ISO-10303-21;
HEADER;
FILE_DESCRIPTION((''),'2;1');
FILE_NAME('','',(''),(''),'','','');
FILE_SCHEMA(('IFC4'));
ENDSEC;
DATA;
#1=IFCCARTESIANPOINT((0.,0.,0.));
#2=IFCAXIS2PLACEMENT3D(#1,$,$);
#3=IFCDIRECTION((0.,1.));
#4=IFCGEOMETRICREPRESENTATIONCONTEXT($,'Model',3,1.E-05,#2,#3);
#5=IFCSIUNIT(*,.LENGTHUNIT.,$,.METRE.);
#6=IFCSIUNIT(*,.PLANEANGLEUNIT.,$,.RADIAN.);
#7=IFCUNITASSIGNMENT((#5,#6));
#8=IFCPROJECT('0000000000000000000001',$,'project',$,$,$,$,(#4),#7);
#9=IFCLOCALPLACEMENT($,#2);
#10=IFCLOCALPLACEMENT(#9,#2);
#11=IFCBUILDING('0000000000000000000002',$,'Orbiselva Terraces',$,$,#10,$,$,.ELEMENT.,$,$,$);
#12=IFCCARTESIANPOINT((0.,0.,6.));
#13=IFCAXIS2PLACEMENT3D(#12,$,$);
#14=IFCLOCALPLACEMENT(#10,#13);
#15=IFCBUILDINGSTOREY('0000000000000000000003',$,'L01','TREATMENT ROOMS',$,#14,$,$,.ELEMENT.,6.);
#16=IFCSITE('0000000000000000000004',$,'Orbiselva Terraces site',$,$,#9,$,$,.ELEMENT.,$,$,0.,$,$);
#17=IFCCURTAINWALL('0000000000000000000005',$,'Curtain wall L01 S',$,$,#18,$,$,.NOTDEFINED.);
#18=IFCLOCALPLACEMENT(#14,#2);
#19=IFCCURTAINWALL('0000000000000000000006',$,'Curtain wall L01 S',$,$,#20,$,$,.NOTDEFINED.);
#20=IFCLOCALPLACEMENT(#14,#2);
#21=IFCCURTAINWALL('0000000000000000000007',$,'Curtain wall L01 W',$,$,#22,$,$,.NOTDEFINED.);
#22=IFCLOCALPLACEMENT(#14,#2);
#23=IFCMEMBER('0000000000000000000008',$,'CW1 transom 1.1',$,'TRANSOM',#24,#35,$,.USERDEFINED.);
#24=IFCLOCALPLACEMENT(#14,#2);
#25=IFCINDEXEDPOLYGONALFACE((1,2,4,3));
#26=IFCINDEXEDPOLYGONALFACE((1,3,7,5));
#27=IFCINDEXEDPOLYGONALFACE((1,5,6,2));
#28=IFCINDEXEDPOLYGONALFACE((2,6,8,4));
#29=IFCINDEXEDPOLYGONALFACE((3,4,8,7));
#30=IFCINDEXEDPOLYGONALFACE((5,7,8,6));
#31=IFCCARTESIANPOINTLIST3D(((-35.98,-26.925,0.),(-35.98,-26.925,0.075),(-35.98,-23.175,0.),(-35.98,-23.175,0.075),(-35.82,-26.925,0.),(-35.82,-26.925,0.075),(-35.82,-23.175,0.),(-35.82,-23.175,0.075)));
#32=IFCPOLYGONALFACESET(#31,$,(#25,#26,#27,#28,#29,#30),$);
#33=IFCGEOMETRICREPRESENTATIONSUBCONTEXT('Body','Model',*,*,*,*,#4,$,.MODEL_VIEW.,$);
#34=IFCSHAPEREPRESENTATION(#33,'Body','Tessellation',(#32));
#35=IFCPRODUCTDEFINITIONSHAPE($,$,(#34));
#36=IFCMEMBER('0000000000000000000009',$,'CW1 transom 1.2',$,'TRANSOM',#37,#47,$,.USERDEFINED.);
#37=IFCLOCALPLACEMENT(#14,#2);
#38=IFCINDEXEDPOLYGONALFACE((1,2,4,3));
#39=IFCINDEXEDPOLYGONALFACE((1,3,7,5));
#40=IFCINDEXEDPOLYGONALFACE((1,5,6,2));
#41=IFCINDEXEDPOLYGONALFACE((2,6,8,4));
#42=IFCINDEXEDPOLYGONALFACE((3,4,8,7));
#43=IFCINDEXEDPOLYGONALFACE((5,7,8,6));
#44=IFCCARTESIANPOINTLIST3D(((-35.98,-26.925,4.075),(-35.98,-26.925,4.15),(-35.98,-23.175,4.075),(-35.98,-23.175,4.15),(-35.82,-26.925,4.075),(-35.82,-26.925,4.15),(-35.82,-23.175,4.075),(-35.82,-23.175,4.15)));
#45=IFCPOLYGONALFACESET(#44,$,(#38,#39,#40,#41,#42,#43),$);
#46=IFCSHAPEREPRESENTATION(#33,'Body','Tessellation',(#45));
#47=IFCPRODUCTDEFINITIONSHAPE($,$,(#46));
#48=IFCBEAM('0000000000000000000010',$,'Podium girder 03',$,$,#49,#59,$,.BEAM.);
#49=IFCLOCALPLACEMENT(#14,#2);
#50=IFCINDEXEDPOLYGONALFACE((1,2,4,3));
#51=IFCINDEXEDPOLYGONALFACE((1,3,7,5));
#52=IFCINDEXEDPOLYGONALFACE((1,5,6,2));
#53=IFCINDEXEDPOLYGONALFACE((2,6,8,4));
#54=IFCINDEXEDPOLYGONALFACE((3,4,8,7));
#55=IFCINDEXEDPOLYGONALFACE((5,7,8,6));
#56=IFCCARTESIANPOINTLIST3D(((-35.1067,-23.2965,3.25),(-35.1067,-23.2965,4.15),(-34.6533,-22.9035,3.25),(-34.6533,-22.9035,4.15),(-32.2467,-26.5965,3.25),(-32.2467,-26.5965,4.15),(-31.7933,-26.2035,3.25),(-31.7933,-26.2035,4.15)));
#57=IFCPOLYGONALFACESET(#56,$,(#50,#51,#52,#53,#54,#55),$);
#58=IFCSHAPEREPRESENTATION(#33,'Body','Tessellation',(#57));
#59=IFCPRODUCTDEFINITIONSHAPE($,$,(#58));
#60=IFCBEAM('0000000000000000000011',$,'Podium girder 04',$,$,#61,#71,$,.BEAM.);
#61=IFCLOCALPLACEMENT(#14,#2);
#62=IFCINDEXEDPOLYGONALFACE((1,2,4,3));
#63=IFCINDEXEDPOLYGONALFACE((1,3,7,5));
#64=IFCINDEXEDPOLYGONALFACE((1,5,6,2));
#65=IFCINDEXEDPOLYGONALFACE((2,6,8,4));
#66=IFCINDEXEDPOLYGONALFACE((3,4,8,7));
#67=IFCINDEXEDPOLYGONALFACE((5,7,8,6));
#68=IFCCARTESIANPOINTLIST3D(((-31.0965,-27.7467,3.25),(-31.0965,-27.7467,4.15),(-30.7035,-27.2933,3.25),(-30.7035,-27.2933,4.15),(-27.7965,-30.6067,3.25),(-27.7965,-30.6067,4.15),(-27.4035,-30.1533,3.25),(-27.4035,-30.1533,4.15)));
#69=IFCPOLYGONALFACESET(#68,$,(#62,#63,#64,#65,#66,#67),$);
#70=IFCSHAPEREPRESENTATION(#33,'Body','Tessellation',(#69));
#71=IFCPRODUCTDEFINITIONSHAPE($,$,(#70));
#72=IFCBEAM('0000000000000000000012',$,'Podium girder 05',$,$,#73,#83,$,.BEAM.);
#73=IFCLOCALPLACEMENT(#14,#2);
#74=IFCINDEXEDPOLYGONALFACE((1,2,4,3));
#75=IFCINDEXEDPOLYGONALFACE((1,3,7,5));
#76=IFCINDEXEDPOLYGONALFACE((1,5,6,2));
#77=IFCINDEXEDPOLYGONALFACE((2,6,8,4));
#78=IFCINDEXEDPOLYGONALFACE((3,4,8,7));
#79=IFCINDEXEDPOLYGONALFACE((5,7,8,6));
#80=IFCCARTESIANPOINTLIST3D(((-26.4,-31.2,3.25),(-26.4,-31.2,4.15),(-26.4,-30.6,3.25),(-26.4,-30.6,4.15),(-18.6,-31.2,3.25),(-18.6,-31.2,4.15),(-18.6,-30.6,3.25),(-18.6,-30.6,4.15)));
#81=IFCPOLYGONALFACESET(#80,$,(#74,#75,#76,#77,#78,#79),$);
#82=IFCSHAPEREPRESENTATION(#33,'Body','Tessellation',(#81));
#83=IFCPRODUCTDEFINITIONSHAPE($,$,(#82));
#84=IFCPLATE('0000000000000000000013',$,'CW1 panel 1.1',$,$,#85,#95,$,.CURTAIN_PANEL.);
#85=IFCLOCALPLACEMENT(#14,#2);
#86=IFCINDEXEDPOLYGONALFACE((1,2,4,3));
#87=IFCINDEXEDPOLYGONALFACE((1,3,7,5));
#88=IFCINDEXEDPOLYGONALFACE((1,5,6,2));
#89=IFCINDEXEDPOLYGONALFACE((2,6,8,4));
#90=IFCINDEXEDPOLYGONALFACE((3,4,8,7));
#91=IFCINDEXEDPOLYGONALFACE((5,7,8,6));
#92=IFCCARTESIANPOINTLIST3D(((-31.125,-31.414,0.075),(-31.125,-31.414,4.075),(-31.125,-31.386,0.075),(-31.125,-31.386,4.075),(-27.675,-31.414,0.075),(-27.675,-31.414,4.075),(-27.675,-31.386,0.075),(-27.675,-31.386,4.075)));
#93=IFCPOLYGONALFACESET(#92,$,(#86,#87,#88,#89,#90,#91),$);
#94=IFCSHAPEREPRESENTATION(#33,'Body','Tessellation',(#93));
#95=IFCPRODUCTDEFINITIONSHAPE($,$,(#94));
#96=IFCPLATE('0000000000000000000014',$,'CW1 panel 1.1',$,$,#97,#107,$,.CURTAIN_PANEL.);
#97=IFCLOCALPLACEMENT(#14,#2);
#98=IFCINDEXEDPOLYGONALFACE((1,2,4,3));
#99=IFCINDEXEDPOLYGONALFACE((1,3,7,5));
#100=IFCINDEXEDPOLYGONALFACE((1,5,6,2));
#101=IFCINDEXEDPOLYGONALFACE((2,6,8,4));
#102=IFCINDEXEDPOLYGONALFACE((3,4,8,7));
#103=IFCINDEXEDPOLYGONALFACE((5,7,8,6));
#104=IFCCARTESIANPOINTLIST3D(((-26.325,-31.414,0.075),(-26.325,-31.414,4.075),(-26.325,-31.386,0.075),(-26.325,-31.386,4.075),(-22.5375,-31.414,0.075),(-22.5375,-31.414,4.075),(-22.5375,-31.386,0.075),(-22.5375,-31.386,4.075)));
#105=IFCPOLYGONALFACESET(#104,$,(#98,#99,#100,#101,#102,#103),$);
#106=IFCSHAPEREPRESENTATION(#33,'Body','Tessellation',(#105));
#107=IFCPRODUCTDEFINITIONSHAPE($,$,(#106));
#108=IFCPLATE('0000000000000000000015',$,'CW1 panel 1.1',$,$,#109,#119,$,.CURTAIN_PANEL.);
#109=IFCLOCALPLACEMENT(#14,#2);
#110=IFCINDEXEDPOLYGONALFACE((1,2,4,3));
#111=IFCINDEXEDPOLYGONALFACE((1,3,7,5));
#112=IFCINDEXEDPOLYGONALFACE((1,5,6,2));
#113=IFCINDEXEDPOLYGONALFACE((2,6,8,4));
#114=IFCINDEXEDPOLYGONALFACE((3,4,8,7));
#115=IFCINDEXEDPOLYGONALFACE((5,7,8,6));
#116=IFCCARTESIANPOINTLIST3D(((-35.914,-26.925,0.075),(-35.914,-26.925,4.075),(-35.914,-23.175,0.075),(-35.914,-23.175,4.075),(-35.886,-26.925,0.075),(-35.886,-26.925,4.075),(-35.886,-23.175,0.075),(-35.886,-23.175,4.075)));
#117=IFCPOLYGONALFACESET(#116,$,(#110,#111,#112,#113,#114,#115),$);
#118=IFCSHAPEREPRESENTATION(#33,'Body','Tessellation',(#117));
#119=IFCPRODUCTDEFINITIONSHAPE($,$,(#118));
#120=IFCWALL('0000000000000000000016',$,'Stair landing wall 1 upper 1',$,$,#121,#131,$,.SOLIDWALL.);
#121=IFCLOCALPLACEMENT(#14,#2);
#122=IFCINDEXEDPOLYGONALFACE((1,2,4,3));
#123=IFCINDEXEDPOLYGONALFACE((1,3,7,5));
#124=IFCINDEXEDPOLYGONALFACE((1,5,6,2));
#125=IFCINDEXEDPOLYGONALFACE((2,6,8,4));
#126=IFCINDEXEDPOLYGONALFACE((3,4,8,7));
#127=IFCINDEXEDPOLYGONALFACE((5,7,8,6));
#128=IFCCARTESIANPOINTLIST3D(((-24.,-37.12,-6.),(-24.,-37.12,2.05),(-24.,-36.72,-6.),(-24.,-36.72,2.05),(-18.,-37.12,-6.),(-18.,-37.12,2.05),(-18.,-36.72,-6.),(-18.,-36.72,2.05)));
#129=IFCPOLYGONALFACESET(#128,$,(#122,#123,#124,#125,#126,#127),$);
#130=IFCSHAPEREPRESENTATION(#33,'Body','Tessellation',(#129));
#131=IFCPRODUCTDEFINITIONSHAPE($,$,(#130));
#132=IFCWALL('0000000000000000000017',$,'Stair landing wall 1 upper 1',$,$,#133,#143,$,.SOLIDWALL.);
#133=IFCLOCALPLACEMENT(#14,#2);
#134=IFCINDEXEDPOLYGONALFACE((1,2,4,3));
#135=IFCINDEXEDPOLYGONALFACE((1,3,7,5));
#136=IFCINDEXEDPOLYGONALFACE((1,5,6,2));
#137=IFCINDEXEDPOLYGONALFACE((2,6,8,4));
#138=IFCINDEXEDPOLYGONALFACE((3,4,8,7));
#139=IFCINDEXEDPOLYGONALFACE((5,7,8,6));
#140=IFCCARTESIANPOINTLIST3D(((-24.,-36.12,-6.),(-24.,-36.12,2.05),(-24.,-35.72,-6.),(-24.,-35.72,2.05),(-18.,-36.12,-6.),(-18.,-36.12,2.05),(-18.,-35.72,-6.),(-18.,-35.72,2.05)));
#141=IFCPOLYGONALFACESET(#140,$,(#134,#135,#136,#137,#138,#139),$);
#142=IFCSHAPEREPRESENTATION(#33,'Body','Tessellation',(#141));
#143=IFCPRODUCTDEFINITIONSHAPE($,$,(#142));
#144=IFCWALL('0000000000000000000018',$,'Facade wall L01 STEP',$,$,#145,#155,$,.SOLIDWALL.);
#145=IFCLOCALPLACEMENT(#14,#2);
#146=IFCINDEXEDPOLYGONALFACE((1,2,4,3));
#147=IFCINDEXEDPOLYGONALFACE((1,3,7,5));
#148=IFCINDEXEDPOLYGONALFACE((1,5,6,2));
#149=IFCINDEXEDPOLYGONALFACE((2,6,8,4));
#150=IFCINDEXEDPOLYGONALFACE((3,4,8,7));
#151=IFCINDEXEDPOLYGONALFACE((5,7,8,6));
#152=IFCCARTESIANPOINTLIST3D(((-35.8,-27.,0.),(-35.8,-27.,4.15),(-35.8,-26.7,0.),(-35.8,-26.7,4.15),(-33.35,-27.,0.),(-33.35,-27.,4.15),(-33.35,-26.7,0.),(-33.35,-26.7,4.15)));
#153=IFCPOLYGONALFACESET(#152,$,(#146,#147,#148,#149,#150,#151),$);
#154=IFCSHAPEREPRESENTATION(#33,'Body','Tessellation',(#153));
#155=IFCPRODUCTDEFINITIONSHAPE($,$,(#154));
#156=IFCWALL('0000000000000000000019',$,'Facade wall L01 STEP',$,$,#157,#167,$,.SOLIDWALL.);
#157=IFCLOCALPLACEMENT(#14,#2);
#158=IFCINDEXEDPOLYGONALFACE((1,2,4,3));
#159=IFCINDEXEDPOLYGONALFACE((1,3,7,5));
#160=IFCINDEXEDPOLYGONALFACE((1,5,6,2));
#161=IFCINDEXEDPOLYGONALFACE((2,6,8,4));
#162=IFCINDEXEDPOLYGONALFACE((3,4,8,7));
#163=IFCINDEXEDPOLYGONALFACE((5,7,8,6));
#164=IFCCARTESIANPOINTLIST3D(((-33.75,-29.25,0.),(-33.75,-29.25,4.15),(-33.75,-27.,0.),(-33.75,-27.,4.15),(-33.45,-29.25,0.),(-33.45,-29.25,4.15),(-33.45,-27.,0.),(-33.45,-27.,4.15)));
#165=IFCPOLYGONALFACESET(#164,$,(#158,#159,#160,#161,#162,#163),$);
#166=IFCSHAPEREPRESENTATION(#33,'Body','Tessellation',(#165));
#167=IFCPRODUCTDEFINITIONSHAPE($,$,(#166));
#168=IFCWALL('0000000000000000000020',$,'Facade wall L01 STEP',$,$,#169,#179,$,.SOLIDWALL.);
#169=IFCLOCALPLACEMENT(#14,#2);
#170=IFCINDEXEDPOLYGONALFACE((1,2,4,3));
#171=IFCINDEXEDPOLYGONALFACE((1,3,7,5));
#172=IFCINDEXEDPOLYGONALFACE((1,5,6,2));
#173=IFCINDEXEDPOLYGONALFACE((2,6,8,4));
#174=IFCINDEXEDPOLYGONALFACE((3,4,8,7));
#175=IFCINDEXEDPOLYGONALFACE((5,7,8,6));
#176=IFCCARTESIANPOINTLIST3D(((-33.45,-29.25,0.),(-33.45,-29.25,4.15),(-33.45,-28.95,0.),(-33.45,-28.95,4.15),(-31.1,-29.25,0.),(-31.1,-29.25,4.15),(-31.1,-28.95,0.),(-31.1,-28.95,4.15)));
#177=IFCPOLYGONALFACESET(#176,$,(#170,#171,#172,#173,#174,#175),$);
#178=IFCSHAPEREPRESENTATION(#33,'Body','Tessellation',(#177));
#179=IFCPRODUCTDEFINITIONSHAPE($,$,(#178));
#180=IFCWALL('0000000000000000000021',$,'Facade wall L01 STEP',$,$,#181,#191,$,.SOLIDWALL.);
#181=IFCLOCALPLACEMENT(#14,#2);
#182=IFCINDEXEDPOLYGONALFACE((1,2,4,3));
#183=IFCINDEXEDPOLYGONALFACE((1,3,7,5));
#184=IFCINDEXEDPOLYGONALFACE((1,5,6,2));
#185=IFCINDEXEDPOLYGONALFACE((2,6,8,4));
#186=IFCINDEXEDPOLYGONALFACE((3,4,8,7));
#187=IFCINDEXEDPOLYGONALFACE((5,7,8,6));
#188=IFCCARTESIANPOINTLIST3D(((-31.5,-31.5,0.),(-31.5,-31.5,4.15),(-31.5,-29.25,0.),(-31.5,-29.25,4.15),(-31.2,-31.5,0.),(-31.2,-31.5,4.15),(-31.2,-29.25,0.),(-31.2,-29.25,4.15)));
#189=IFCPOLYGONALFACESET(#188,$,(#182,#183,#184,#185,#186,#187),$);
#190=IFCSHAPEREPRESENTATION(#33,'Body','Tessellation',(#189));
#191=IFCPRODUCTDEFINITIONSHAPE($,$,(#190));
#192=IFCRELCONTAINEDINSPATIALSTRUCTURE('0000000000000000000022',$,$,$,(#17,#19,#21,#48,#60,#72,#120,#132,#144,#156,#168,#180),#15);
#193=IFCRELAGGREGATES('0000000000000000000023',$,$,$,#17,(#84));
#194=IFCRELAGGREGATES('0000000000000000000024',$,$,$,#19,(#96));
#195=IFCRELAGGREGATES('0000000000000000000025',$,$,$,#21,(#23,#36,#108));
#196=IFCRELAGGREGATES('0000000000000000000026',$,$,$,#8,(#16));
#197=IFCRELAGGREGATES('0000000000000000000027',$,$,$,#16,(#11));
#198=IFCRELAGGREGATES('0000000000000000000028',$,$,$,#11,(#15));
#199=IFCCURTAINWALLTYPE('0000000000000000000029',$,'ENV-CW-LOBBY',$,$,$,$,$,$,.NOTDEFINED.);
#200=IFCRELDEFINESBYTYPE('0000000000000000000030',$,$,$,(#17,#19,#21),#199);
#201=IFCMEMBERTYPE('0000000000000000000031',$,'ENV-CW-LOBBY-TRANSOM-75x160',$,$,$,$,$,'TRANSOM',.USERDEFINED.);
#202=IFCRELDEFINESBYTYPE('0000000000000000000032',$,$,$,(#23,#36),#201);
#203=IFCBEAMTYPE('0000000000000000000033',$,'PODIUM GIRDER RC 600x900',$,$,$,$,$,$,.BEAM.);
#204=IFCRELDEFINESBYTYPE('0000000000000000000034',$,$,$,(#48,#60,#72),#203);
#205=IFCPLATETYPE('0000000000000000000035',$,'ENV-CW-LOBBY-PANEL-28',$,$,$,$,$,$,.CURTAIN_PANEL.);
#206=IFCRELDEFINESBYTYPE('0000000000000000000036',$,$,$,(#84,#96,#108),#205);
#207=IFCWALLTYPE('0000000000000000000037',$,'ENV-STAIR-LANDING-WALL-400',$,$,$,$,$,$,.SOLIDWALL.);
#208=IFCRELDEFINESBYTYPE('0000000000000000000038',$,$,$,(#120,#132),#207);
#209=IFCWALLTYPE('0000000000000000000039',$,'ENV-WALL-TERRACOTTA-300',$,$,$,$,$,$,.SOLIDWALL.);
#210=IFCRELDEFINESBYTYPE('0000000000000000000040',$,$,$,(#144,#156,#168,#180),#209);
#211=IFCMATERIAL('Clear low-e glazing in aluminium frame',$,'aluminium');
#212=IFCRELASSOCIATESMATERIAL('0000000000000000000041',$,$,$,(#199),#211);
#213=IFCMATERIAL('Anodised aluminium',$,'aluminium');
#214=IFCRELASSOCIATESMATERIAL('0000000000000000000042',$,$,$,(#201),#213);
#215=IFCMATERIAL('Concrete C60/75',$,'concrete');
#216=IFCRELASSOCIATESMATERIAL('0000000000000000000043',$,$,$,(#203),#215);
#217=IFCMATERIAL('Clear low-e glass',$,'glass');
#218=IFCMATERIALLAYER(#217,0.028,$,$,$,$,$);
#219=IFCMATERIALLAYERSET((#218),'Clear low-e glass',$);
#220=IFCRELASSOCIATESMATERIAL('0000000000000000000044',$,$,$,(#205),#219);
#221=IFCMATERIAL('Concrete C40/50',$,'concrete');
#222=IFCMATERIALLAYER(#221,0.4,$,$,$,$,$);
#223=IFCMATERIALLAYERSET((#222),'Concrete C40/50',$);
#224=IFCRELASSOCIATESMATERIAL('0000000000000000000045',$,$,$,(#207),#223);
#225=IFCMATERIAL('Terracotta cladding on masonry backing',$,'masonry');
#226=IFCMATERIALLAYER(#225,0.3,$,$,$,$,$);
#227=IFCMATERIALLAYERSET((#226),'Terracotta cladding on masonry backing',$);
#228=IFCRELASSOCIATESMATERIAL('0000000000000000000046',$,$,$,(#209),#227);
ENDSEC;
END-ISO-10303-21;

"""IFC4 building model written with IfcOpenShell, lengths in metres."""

from ifc_helpers import new_model, si_unit, direction, frame, frame_2d, origin, origin_2d, place, context, subcontext, project, spatial, rectangle, extrude, material, layer, layer_set, material_profile, profile_set, type_object, element, aggregate, save


model = new_model("IFC4")

# Units and contexts
model_context = context("Model", 3, precision=1e-05, world=origin(), true_north=direction((0.0, 1.0)))
body_context = subcontext(model_context, "Body", "Model", "MODEL_VIEW")
ifc_project = project(units=[si_unit("LENGTHUNIT", "METRE"), si_unit("PLANEANGLEUNIT", "RADIAN")], contexts=[model_context])

# Site, building, storey
site_placement = place(None, origin())
site = spatial("IfcSite", under=ifc_project, at=site_placement, Name="Orbiselva Terraces site", CompositionType="ELEMENT", RefElevation=0.0)
building_placement = place(site_placement, origin())
building = spatial("IfcBuilding", under=site, at=building_placement, Name="Orbiselva Terraces", CompositionType="ELEMENT")
storey_placement = place(building_placement, frame((0.0, 0.0, 6.0)))
storey = spatial("IfcBuildingStorey", under=building, at=storey_placement, Name="L01", Description="TREATMENT ROOMS", CompositionType="ELEMENT", Elevation=6.0)

# Shared definitions
ifc_material_1 = material(Name="Concrete C60/75", Category="concrete")

# Curtain walls
ifc_material_2 = material(Name="Clear low-e glazing in aluminium frame", Category="aluminium")
curtain_wall_type = type_object("IfcCurtainWallType", Name="ENV-CW-LOBBY", PredefinedType="NOTDEFINED", material=ifc_material_2)
curtain_wall_1_placement = place(storey_placement, origin())
curtain_wall_1 = element("IfcCurtainWall", 1, at=curtain_wall_1_placement, inside=storey, type_object=curtain_wall_type, Name="Curtain wall L01 S", PredefinedType="NOTDEFINED")
ifc_material_3 = material(Name="Anodised aluminium", Category="aluminium")
curtain_wall_2_placement = place(storey_placement, origin())
curtain_wall_2 = element("IfcCurtainWall", 2, at=curtain_wall_2_placement, inside=storey, type_object=curtain_wall_type, Name="Curtain wall L01 S", PredefinedType="NOTDEFINED")
curtain_wall_3_placement = place(storey_placement, origin())
curtain_wall_3 = element("IfcCurtainWall", 3, at=curtain_wall_3_placement, inside=storey, type_object=curtain_wall_type, Name="Curtain wall L01 W", PredefinedType="NOTDEFINED")

# Members
ifc_material_profile_1 = material_profile(ifc_material_3, rectangle(XDim=0.16, YDim=0.075, at=origin_2d()), Name="AL 75x160")
ifc_profile_set_1 = profile_set([ifc_material_profile_1], Name="Anodised aluminium")
member_type_1 = type_object("IfcMemberType", Name="ENV-CW-LOBBY-TRANSOM-75x160", ElementType="TRANSOM", PredefinedType="USERDEFINED", material=ifc_profile_set_1)
member_1_placement = place(storey_placement, frame((-35.9, -23.175, 0.0375), z_axis=(0.0, -1.0, 0.0), x_axis=(1.0, 0.0, 0.0)))
member_1 = element("IfcMember", 4, at=member_1_placement, type_object=member_type_1, Name="CW1 transom 1.1", ObjectType="TRANSOM", PredefinedType="USERDEFINED", context=body_context, shape_type="SweptSolid", body=[
    extrude(rectangle(XDim=0.16, YDim=0.075, at=origin_2d()), origin(), (0.0, 0.0, 1.0), 3.75),
])
member_2_placement = place(storey_placement, frame((-35.9, -23.175, 4.1125), z_axis=(0.0, -1.0, 0.0), x_axis=(1.0, 0.0, 0.0)))
member_2 = element("IfcMember", 5, at=member_2_placement, type_object=member_type_1, Name="CW1 transom 1.2", ObjectType="TRANSOM", PredefinedType="USERDEFINED", context=body_context, shape_type="SweptSolid", body=[
    extrude(rectangle(XDim=0.16, YDim=0.075, at=origin_2d()), origin(), (0.0, 0.0, 1.0), 3.75),
])

# Beams
ifc_material_profile_2 = material_profile(ifc_material_1, rectangle(XDim=0.6, YDim=0.9, at=origin_2d()), Name="RC 600x900")
ifc_profile_set_2 = profile_set([ifc_material_profile_2], Name="Concrete C60/75")
beam_type = type_object("IfcBeamType", Name="PODIUM GIRDER RC 600x900", PredefinedType="BEAM", material=ifc_profile_set_2)
for number, where, z_axis, x_axis, name in (
    (6, (-34.88, -23.1, 3.7), (0.654931, -0.755689, 0.0), (0.755689, 0.654931, 0.0), "Podium girder 03"),
    (7, (-30.9, -27.52, 3.7), (0.755689, -0.654931, 0.0), (0.654931, 0.755689, 0.0), "Podium girder 04"),
):
    element("IfcBeam", number, at=place(storey_placement, frame(where, z_axis=z_axis, x_axis=x_axis)), inside=storey, type_object=beam_type, Name=name, PredefinedType="BEAM", context=body_context, shape_type="SweptSolid", body=[
        extrude(rectangle(XDim=0.6, YDim=0.9, at=origin_2d()), origin(), (0.0, 0.0, 1.0), 4.3669),
    ])
beam_placement = place(storey_placement, frame((-26.4, -30.9, 3.7), z_axis=(1.0, 0.0, 0.0), x_axis=(0.0, 1.0, 0.0)))
element("IfcBeam", 8, at=beam_placement, inside=storey, type_object=beam_type, Name="Podium girder 05", PredefinedType="BEAM", context=body_context, shape_type="SweptSolid", body=[
    extrude(rectangle(XDim=0.6, YDim=0.9, at=origin_2d()), origin(), (0.0, 0.0, 1.0), 7.8),
])

# Plates
ifc_material_4 = material(Name="Clear low-e glass", Category="glass")
ifc_layer_1 = layer(ifc_material_4, 0.028)
ifc_layer_set_1 = layer_set([ifc_layer_1], Name="Clear low-e glass")
plate_type = type_object("IfcPlateType", Name="ENV-CW-LOBBY-PANEL-28", PredefinedType="CURTAIN_PANEL", material=ifc_layer_set_1)
plate_1_placement = place(storey_placement, frame((-29.4, -31.4, 0.075), z_axis=(0.0, 0.0, 1.0), x_axis=(1.0, 0.0, 0.0)))
plate_1 = element("IfcPlate", 9, at=plate_1_placement, type_object=plate_type, Name="CW1 panel 1.1", PredefinedType="CURTAIN_PANEL", context=body_context, shape_type="SweptSolid", body=[
    extrude(rectangle(XDim=3.45, YDim=0.028, at=origin_2d()), origin(), (0.0, 0.0, 1.0), 4.0),
])
aggregate(curtain_wall_1, [plate_1])
plate_2_placement = place(storey_placement, frame((-24.4312, -31.4, 0.075), z_axis=(0.0, 0.0, 1.0), x_axis=(1.0, 0.0, 0.0)))
plate_2 = element("IfcPlate", 10, at=plate_2_placement, type_object=plate_type, Name="CW1 panel 1.1", PredefinedType="CURTAIN_PANEL", context=body_context, shape_type="SweptSolid", body=[
    extrude(rectangle(XDim=3.7875, YDim=0.028, at=origin_2d()), origin(), (0.0, 0.0, 1.0), 4.0),
])
aggregate(curtain_wall_2, [plate_2])
plate_3_placement = place(storey_placement, frame((-35.9, -25.05, 0.075), z_axis=(0.0, 0.0, 1.0), x_axis=(0.0, -1.0, 0.0)))
plate_3 = element("IfcPlate", 11, at=plate_3_placement, type_object=plate_type, Name="CW1 panel 1.1", PredefinedType="CURTAIN_PANEL", context=body_context, shape_type="SweptSolid", body=[
    extrude(rectangle(XDim=3.75, YDim=0.028, at=origin_2d()), origin(), (0.0, 0.0, 1.0), 4.0),
])
aggregate(curtain_wall_3, [member_1, member_2, plate_3])

# Walls
ifc_material_5 = material(Name="Concrete C40/50", Category="concrete")
ifc_layer_2 = layer(ifc_material_5, 0.4)
ifc_layer_set_2 = layer_set([ifc_layer_2], Name="Concrete C40/50")
wall_type_1 = type_object("IfcWallType", Name="ENV-STAIR-LANDING-WALL-400", PredefinedType="SOLIDWALL", material=ifc_layer_set_2)
for number, where, z_axis, x_axis, name in (
    (12, (-24.0, -36.92, -6.0), (0.0, 0.0, 1.0), (1.0, 0.0, 0.0), "Stair landing wall 1 upper 1"),
    (13, (-24.0, -35.92, -6.0), (0.0, 0.0, 1.0), (1.0, 0.0, 0.0), "Stair landing wall 1 upper 1"),
):
    element("IfcWall", number, at=place(storey_placement, frame(where, z_axis=z_axis, x_axis=x_axis)), inside=storey, type_object=wall_type_1, Name=name, PredefinedType="SOLIDWALL", context=body_context, shape_type="SweptSolid", body=[
        extrude(rectangle(XDim=6.0, YDim=0.4, at=frame_2d((3.0, 0.0))), origin(), (0.0, 0.0, 1.0), 8.05),
    ])
ifc_material_6 = material(Name="Terracotta cladding on masonry backing", Category="masonry")
ifc_layer_3 = layer(ifc_material_6, 0.3)
ifc_layer_set_3 = layer_set([ifc_layer_3], Name="Terracotta cladding on masonry backing")
wall_type_2 = type_object("IfcWallType", Name="ENV-WALL-TERRACOTTA-300", PredefinedType="SOLIDWALL", material=ifc_layer_set_3)
wall_1_placement = place(storey_placement, frame((-33.35, -26.85, 0.0), z_axis=(0.0, 0.0, 1.0), x_axis=(-1.0, 0.0, 0.0)))
element("IfcWall", 14, at=wall_1_placement, inside=storey, type_object=wall_type_2, Name="Facade wall L01 STEP", PredefinedType="SOLIDWALL", context=body_context, shape_type="SweptSolid", body=[
    extrude(rectangle(XDim=2.45, YDim=0.3, at=frame_2d((1.225, 0.0))), origin(), (0.0, 0.0, 1.0), 4.15),
])
wall_2_placement = place(storey_placement, frame((-33.6, -29.25, 0.0), z_axis=(0.0, 0.0, 1.0), x_axis=(0.0, 1.0, 0.0)))
element("IfcWall", 15, at=wall_2_placement, inside=storey, type_object=wall_type_2, Name="Facade wall L01 STEP", PredefinedType="SOLIDWALL", context=body_context, shape_type="SweptSolid", body=[
    extrude(rectangle(XDim=2.25, YDim=0.3, at=frame_2d((1.125, 0.0))), origin(), (0.0, 0.0, 1.0), 4.15),
])
wall_3_placement = place(storey_placement, frame((-31.1, -29.1, 0.0), z_axis=(0.0, 0.0, 1.0), x_axis=(-1.0, 0.0, 0.0)))
element("IfcWall", 16, at=wall_3_placement, inside=storey, type_object=wall_type_2, Name="Facade wall L01 STEP", PredefinedType="SOLIDWALL", context=body_context, shape_type="SweptSolid", body=[
    extrude(rectangle(XDim=2.35, YDim=0.3, at=frame_2d((1.175, 0.0))), origin(), (0.0, 0.0, 1.0), 4.15),
])
wall_4_placement = place(storey_placement, frame((-31.35, -31.5, 0.0), z_axis=(0.0, 0.0, 1.0), x_axis=(0.0, 1.0, 0.0)))
element("IfcWall", 17, at=wall_4_placement, inside=storey, type_object=wall_type_2, Name="Facade wall L01 STEP", PredefinedType="SOLIDWALL", context=body_context, shape_type="SweptSolid", body=[
    extrude(rectangle(XDim=2.25, YDim=0.3, at=frame_2d((1.125, 0.0))), origin(), (0.0, 0.0, 1.0), 4.15),
])

save(model, "model.ifc")
